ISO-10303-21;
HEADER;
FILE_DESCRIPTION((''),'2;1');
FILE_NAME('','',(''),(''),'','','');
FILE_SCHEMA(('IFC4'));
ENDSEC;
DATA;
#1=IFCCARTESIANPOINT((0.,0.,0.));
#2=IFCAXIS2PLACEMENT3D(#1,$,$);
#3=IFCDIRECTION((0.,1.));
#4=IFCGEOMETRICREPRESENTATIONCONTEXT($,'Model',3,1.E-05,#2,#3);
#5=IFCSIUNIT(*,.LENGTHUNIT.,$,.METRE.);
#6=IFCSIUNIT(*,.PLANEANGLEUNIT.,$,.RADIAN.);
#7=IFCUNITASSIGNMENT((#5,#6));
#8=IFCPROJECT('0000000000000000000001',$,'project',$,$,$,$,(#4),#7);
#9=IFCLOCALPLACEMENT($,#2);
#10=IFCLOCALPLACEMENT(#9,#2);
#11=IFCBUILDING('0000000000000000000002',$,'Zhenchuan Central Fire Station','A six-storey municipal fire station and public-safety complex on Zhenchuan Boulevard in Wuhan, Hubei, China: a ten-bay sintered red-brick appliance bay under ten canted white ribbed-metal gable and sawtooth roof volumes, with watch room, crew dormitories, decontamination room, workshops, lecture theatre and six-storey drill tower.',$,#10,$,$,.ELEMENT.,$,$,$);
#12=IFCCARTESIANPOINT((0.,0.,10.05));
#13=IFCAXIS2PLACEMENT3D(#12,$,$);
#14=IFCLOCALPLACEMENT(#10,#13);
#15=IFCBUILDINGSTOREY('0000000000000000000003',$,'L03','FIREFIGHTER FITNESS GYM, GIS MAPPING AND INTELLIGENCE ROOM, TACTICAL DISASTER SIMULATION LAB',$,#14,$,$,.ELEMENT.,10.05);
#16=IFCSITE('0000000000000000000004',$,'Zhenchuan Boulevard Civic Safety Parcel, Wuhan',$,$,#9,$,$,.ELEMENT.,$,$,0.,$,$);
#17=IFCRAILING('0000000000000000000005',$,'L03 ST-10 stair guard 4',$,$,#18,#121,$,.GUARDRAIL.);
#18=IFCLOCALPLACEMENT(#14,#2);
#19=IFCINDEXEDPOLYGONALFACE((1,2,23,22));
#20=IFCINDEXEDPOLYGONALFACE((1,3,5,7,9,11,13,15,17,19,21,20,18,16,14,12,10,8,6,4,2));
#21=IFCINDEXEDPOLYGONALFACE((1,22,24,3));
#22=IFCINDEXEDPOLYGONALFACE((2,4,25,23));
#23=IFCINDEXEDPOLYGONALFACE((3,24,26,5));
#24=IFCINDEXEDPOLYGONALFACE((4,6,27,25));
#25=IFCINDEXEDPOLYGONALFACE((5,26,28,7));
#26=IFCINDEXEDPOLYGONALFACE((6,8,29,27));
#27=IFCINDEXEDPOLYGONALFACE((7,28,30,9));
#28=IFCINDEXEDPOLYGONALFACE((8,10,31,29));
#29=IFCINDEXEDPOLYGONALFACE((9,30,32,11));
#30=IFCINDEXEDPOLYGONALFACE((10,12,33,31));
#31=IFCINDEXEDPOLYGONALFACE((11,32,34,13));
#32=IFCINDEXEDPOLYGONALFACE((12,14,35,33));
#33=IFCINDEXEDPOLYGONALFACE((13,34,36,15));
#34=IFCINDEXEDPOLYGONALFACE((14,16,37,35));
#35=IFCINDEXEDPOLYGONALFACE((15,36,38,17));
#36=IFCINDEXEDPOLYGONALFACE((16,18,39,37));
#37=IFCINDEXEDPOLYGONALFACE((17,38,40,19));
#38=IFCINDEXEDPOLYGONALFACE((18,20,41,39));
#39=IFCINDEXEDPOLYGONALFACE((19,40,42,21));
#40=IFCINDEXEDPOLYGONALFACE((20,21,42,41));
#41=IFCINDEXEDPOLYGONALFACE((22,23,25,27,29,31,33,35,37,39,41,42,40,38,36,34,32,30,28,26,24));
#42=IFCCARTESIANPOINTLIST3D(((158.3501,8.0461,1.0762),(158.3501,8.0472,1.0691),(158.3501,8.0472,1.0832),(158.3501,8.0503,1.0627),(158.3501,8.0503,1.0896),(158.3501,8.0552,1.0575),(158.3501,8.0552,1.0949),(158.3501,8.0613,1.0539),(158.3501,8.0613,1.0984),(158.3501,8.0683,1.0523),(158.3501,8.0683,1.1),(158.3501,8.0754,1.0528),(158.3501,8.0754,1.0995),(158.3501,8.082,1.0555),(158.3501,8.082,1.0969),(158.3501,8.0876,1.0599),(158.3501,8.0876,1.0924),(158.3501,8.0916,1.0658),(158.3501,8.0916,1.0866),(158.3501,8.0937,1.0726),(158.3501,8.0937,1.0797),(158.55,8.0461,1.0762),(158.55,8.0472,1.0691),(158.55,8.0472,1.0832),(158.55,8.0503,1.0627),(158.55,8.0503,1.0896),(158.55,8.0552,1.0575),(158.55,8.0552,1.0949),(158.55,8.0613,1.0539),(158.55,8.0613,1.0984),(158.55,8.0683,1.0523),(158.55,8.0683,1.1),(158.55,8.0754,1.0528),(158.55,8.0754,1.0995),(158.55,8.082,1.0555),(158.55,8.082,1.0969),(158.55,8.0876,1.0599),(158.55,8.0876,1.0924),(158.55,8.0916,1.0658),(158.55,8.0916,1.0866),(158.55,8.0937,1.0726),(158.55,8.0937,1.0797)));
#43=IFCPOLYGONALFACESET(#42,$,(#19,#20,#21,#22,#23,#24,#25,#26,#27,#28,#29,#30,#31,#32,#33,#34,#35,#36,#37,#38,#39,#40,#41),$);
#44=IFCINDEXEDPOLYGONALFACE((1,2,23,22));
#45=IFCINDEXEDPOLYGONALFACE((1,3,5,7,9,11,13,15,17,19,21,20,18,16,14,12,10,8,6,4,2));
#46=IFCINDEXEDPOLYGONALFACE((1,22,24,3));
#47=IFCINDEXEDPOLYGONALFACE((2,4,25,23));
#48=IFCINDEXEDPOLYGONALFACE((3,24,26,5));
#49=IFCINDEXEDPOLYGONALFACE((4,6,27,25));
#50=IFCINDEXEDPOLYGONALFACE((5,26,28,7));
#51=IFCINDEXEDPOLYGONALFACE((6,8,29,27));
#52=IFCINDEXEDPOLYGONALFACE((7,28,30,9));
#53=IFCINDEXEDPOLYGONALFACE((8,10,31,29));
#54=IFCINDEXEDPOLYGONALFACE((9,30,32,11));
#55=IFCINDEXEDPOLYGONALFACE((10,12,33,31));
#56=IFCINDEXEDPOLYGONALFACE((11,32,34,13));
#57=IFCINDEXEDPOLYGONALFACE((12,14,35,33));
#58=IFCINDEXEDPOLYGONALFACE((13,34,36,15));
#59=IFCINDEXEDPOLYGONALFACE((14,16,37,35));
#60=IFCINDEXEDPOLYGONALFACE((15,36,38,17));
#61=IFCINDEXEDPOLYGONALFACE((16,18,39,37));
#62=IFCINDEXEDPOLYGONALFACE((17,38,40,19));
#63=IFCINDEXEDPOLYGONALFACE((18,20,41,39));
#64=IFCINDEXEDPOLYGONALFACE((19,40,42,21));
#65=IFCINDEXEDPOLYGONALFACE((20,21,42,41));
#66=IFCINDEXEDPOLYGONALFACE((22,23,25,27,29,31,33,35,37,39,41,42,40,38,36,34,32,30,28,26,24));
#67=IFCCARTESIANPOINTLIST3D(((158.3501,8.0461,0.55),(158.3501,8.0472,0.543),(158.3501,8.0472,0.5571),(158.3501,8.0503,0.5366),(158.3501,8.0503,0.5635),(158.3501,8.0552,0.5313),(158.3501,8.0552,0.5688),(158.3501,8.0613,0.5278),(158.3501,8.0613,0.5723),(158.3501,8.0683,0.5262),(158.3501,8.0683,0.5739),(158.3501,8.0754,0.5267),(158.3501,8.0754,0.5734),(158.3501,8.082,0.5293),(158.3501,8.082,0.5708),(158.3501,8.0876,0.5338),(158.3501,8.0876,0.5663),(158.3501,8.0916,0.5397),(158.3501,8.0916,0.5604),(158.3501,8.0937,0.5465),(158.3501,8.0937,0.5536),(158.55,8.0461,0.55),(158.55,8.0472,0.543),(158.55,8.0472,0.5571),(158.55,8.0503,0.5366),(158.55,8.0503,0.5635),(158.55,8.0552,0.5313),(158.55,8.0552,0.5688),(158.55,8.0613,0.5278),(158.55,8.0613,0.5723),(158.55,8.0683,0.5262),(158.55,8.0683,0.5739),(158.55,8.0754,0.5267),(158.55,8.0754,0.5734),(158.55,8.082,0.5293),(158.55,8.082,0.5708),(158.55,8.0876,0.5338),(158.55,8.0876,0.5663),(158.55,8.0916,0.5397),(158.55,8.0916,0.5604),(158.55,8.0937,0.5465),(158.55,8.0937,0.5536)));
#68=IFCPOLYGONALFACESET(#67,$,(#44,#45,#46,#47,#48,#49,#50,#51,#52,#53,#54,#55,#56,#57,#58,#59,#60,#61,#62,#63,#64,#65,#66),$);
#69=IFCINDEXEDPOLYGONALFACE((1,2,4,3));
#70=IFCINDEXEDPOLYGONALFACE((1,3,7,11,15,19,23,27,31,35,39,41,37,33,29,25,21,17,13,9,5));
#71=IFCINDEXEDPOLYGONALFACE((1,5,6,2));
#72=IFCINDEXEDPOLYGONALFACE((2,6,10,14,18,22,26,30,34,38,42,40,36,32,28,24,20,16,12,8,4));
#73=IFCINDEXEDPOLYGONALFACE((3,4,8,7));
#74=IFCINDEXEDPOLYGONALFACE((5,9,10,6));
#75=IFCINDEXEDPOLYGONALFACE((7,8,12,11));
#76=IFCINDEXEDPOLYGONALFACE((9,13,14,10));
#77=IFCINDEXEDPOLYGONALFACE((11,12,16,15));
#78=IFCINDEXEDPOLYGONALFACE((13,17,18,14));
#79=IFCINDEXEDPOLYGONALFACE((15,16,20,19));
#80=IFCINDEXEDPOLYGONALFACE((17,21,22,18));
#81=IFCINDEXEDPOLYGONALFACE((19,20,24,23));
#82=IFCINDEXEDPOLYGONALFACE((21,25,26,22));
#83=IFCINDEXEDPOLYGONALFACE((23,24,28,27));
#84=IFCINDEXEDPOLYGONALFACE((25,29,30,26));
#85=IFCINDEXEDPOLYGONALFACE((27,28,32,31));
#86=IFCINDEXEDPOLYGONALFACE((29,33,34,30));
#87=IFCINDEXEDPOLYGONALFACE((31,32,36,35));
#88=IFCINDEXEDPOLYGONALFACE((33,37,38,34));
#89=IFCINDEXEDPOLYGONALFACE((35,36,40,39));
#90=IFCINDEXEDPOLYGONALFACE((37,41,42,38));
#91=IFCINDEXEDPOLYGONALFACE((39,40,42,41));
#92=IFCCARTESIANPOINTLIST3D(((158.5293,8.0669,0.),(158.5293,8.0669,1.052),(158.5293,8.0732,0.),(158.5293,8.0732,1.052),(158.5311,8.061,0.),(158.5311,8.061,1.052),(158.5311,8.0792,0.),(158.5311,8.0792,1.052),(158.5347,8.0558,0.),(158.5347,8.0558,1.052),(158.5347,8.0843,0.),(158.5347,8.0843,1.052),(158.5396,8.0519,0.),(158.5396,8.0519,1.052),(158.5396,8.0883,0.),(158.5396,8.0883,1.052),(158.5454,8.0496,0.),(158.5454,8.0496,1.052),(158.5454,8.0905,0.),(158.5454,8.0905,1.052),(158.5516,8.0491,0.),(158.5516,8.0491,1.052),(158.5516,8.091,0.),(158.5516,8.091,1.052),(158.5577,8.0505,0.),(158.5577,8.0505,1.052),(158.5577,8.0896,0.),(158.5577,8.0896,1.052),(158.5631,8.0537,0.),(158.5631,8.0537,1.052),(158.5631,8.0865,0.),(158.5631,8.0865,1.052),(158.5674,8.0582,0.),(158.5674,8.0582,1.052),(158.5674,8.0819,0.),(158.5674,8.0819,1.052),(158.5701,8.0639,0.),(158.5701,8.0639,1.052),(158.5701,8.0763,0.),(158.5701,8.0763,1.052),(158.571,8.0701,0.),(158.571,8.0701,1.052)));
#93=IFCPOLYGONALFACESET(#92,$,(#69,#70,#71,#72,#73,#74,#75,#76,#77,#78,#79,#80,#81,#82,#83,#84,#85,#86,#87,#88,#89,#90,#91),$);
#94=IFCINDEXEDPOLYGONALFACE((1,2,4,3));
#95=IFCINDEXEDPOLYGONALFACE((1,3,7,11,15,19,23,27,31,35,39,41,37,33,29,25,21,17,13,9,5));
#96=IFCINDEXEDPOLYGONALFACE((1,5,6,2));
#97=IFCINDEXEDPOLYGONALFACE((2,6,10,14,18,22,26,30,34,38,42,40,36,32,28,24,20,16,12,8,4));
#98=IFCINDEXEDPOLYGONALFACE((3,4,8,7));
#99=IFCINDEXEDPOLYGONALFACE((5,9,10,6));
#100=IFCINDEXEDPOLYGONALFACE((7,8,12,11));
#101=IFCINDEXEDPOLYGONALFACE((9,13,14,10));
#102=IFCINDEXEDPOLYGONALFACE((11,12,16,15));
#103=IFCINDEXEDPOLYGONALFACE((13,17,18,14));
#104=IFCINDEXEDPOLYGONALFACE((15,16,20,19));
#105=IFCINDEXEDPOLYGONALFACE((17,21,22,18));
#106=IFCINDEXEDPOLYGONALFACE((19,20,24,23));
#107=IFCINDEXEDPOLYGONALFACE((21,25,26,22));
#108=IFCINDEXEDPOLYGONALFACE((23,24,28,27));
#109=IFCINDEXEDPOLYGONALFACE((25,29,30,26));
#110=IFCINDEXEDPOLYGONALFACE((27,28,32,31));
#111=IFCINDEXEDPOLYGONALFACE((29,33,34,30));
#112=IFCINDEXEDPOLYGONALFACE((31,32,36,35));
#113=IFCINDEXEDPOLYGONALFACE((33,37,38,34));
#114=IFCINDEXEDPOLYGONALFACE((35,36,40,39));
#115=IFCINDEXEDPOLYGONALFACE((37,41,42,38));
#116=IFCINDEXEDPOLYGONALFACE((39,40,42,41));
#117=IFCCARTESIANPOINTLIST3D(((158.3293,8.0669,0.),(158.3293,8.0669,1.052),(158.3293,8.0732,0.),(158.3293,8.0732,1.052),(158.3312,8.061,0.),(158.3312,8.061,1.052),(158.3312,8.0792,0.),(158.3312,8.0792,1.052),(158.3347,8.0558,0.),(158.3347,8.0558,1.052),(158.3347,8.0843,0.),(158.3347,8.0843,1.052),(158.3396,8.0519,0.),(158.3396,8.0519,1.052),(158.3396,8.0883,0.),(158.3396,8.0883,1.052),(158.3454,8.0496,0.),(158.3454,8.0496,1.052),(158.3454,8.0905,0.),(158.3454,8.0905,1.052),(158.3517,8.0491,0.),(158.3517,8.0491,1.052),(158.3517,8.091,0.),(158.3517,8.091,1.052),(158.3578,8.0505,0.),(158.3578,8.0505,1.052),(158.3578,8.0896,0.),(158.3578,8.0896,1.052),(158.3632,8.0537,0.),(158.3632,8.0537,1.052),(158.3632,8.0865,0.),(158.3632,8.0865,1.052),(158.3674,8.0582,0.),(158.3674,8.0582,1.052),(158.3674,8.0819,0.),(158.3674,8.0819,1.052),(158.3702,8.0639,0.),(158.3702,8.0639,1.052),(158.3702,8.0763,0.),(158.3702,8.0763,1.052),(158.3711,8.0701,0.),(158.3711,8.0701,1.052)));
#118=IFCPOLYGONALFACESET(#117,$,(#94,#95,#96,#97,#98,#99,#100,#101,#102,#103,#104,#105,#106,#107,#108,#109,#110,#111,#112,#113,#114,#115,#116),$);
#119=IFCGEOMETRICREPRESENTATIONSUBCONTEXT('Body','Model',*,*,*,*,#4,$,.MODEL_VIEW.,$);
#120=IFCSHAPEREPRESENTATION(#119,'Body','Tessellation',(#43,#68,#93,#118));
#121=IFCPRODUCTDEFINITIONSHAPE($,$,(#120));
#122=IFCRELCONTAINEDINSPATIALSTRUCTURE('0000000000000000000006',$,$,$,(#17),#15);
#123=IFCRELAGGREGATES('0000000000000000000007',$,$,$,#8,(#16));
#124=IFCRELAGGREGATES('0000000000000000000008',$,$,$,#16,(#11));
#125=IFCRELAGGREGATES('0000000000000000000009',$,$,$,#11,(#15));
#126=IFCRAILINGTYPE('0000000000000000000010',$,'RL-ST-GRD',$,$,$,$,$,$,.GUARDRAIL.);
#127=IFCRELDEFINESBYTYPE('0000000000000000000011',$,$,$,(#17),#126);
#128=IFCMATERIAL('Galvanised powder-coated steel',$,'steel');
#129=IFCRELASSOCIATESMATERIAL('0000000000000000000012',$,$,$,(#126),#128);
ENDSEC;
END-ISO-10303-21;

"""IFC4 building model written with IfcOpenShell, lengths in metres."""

from ifc_helpers import new_model, si_unit, direction, frame, origin, origin_2d, place, context, subcontext, project, spatial, circle, extrude, material, type_object, element, save


model = new_model("IFC4")

# Units and contexts
model_context = context("Model", 3, precision=1e-05, world=origin(), true_north=direction((0.0, 1.0)))
body_context = subcontext(model_context, "Body", "Model", "MODEL_VIEW")
ifc_project = project(units=[si_unit("LENGTHUNIT", "METRE"), si_unit("PLANEANGLEUNIT", "RADIAN")], contexts=[model_context])

# Site, building, storey
site_placement = place(None, origin())
site = spatial("IfcSite", under=ifc_project, at=site_placement, Name="Zhenchuan Boulevard Civic Safety Parcel, Wuhan", CompositionType="ELEMENT", RefElevation=0.0)
building_placement = place(site_placement, origin())
building = spatial("IfcBuilding", under=site, at=building_placement, Name="Zhenchuan Central Fire Station", Description="A six-storey municipal fire station and public-safety complex on Zhenchuan Boulevard in Wuhan, Hubei, China: a ten-bay sintered red-brick appliance bay under ten canted white ribbed-metal gable and sawtooth roof volumes, with watch room, crew dormitories, decontamination room, workshops, lecture theatre and six-storey drill tower.", CompositionType="ELEMENT")
storey_placement = place(building_placement, frame((0.0, 0.0, 10.05)))
storey = spatial("IfcBuildingStorey", under=building, at=storey_placement, Name="L03", Description="FIREFIGHTER FITNESS GYM, GIS MAPPING AND INTELLIGENCE ROOM, TACTICAL DISASTER SIMULATION LAB", CompositionType="ELEMENT", Elevation=10.05)

# Railing
ifc_material_1 = material(Name="Galvanised powder-coated steel", Category="steel")
railing_type_1 = type_object("IfcRailingType", Name="RL-ST-GRD", PredefinedType="GUARDRAIL", material=ifc_material_1)
railing_1_placement = place(storey_placement, frame((158.55, 8.0701, 0.0)))
element("IfcRailing", 1, at=railing_1_placement, inside=storey, type_object=railing_type_1, Name="L03 ST-10 stair guard 4", PredefinedType="GUARDRAIL", context=body_context, shape_type="SweptSolid", body=[
    extrude(circle(Radius=0.0239, at=origin_2d()), frame((0.0, 0.0, 1.0762), z_axis=(-1.0, 0.0, 0.0), x_axis=(0.0, -1.0, 0.0)), (0.0, 0.0, 1.0), 0.2),
    extrude(circle(Radius=0.0239, at=origin_2d()), frame((0.0, 0.0, 0.55), z_axis=(-1.0, 0.0, 0.0), x_axis=(0.0, -1.0, 0.0)), (0.0, 0.0, 1.0), 0.2),
    extrude(circle(Radius=0.021, at=origin_2d()), origin(), (0.0, 0.0, 1.0), 1.052),
    extrude(circle(Radius=0.021, at=origin_2d()), frame((-0.2, 0.0, 0.0)), (0.0, 0.0, 1.0), 1.052),
])

save(model, "model.ifc")
